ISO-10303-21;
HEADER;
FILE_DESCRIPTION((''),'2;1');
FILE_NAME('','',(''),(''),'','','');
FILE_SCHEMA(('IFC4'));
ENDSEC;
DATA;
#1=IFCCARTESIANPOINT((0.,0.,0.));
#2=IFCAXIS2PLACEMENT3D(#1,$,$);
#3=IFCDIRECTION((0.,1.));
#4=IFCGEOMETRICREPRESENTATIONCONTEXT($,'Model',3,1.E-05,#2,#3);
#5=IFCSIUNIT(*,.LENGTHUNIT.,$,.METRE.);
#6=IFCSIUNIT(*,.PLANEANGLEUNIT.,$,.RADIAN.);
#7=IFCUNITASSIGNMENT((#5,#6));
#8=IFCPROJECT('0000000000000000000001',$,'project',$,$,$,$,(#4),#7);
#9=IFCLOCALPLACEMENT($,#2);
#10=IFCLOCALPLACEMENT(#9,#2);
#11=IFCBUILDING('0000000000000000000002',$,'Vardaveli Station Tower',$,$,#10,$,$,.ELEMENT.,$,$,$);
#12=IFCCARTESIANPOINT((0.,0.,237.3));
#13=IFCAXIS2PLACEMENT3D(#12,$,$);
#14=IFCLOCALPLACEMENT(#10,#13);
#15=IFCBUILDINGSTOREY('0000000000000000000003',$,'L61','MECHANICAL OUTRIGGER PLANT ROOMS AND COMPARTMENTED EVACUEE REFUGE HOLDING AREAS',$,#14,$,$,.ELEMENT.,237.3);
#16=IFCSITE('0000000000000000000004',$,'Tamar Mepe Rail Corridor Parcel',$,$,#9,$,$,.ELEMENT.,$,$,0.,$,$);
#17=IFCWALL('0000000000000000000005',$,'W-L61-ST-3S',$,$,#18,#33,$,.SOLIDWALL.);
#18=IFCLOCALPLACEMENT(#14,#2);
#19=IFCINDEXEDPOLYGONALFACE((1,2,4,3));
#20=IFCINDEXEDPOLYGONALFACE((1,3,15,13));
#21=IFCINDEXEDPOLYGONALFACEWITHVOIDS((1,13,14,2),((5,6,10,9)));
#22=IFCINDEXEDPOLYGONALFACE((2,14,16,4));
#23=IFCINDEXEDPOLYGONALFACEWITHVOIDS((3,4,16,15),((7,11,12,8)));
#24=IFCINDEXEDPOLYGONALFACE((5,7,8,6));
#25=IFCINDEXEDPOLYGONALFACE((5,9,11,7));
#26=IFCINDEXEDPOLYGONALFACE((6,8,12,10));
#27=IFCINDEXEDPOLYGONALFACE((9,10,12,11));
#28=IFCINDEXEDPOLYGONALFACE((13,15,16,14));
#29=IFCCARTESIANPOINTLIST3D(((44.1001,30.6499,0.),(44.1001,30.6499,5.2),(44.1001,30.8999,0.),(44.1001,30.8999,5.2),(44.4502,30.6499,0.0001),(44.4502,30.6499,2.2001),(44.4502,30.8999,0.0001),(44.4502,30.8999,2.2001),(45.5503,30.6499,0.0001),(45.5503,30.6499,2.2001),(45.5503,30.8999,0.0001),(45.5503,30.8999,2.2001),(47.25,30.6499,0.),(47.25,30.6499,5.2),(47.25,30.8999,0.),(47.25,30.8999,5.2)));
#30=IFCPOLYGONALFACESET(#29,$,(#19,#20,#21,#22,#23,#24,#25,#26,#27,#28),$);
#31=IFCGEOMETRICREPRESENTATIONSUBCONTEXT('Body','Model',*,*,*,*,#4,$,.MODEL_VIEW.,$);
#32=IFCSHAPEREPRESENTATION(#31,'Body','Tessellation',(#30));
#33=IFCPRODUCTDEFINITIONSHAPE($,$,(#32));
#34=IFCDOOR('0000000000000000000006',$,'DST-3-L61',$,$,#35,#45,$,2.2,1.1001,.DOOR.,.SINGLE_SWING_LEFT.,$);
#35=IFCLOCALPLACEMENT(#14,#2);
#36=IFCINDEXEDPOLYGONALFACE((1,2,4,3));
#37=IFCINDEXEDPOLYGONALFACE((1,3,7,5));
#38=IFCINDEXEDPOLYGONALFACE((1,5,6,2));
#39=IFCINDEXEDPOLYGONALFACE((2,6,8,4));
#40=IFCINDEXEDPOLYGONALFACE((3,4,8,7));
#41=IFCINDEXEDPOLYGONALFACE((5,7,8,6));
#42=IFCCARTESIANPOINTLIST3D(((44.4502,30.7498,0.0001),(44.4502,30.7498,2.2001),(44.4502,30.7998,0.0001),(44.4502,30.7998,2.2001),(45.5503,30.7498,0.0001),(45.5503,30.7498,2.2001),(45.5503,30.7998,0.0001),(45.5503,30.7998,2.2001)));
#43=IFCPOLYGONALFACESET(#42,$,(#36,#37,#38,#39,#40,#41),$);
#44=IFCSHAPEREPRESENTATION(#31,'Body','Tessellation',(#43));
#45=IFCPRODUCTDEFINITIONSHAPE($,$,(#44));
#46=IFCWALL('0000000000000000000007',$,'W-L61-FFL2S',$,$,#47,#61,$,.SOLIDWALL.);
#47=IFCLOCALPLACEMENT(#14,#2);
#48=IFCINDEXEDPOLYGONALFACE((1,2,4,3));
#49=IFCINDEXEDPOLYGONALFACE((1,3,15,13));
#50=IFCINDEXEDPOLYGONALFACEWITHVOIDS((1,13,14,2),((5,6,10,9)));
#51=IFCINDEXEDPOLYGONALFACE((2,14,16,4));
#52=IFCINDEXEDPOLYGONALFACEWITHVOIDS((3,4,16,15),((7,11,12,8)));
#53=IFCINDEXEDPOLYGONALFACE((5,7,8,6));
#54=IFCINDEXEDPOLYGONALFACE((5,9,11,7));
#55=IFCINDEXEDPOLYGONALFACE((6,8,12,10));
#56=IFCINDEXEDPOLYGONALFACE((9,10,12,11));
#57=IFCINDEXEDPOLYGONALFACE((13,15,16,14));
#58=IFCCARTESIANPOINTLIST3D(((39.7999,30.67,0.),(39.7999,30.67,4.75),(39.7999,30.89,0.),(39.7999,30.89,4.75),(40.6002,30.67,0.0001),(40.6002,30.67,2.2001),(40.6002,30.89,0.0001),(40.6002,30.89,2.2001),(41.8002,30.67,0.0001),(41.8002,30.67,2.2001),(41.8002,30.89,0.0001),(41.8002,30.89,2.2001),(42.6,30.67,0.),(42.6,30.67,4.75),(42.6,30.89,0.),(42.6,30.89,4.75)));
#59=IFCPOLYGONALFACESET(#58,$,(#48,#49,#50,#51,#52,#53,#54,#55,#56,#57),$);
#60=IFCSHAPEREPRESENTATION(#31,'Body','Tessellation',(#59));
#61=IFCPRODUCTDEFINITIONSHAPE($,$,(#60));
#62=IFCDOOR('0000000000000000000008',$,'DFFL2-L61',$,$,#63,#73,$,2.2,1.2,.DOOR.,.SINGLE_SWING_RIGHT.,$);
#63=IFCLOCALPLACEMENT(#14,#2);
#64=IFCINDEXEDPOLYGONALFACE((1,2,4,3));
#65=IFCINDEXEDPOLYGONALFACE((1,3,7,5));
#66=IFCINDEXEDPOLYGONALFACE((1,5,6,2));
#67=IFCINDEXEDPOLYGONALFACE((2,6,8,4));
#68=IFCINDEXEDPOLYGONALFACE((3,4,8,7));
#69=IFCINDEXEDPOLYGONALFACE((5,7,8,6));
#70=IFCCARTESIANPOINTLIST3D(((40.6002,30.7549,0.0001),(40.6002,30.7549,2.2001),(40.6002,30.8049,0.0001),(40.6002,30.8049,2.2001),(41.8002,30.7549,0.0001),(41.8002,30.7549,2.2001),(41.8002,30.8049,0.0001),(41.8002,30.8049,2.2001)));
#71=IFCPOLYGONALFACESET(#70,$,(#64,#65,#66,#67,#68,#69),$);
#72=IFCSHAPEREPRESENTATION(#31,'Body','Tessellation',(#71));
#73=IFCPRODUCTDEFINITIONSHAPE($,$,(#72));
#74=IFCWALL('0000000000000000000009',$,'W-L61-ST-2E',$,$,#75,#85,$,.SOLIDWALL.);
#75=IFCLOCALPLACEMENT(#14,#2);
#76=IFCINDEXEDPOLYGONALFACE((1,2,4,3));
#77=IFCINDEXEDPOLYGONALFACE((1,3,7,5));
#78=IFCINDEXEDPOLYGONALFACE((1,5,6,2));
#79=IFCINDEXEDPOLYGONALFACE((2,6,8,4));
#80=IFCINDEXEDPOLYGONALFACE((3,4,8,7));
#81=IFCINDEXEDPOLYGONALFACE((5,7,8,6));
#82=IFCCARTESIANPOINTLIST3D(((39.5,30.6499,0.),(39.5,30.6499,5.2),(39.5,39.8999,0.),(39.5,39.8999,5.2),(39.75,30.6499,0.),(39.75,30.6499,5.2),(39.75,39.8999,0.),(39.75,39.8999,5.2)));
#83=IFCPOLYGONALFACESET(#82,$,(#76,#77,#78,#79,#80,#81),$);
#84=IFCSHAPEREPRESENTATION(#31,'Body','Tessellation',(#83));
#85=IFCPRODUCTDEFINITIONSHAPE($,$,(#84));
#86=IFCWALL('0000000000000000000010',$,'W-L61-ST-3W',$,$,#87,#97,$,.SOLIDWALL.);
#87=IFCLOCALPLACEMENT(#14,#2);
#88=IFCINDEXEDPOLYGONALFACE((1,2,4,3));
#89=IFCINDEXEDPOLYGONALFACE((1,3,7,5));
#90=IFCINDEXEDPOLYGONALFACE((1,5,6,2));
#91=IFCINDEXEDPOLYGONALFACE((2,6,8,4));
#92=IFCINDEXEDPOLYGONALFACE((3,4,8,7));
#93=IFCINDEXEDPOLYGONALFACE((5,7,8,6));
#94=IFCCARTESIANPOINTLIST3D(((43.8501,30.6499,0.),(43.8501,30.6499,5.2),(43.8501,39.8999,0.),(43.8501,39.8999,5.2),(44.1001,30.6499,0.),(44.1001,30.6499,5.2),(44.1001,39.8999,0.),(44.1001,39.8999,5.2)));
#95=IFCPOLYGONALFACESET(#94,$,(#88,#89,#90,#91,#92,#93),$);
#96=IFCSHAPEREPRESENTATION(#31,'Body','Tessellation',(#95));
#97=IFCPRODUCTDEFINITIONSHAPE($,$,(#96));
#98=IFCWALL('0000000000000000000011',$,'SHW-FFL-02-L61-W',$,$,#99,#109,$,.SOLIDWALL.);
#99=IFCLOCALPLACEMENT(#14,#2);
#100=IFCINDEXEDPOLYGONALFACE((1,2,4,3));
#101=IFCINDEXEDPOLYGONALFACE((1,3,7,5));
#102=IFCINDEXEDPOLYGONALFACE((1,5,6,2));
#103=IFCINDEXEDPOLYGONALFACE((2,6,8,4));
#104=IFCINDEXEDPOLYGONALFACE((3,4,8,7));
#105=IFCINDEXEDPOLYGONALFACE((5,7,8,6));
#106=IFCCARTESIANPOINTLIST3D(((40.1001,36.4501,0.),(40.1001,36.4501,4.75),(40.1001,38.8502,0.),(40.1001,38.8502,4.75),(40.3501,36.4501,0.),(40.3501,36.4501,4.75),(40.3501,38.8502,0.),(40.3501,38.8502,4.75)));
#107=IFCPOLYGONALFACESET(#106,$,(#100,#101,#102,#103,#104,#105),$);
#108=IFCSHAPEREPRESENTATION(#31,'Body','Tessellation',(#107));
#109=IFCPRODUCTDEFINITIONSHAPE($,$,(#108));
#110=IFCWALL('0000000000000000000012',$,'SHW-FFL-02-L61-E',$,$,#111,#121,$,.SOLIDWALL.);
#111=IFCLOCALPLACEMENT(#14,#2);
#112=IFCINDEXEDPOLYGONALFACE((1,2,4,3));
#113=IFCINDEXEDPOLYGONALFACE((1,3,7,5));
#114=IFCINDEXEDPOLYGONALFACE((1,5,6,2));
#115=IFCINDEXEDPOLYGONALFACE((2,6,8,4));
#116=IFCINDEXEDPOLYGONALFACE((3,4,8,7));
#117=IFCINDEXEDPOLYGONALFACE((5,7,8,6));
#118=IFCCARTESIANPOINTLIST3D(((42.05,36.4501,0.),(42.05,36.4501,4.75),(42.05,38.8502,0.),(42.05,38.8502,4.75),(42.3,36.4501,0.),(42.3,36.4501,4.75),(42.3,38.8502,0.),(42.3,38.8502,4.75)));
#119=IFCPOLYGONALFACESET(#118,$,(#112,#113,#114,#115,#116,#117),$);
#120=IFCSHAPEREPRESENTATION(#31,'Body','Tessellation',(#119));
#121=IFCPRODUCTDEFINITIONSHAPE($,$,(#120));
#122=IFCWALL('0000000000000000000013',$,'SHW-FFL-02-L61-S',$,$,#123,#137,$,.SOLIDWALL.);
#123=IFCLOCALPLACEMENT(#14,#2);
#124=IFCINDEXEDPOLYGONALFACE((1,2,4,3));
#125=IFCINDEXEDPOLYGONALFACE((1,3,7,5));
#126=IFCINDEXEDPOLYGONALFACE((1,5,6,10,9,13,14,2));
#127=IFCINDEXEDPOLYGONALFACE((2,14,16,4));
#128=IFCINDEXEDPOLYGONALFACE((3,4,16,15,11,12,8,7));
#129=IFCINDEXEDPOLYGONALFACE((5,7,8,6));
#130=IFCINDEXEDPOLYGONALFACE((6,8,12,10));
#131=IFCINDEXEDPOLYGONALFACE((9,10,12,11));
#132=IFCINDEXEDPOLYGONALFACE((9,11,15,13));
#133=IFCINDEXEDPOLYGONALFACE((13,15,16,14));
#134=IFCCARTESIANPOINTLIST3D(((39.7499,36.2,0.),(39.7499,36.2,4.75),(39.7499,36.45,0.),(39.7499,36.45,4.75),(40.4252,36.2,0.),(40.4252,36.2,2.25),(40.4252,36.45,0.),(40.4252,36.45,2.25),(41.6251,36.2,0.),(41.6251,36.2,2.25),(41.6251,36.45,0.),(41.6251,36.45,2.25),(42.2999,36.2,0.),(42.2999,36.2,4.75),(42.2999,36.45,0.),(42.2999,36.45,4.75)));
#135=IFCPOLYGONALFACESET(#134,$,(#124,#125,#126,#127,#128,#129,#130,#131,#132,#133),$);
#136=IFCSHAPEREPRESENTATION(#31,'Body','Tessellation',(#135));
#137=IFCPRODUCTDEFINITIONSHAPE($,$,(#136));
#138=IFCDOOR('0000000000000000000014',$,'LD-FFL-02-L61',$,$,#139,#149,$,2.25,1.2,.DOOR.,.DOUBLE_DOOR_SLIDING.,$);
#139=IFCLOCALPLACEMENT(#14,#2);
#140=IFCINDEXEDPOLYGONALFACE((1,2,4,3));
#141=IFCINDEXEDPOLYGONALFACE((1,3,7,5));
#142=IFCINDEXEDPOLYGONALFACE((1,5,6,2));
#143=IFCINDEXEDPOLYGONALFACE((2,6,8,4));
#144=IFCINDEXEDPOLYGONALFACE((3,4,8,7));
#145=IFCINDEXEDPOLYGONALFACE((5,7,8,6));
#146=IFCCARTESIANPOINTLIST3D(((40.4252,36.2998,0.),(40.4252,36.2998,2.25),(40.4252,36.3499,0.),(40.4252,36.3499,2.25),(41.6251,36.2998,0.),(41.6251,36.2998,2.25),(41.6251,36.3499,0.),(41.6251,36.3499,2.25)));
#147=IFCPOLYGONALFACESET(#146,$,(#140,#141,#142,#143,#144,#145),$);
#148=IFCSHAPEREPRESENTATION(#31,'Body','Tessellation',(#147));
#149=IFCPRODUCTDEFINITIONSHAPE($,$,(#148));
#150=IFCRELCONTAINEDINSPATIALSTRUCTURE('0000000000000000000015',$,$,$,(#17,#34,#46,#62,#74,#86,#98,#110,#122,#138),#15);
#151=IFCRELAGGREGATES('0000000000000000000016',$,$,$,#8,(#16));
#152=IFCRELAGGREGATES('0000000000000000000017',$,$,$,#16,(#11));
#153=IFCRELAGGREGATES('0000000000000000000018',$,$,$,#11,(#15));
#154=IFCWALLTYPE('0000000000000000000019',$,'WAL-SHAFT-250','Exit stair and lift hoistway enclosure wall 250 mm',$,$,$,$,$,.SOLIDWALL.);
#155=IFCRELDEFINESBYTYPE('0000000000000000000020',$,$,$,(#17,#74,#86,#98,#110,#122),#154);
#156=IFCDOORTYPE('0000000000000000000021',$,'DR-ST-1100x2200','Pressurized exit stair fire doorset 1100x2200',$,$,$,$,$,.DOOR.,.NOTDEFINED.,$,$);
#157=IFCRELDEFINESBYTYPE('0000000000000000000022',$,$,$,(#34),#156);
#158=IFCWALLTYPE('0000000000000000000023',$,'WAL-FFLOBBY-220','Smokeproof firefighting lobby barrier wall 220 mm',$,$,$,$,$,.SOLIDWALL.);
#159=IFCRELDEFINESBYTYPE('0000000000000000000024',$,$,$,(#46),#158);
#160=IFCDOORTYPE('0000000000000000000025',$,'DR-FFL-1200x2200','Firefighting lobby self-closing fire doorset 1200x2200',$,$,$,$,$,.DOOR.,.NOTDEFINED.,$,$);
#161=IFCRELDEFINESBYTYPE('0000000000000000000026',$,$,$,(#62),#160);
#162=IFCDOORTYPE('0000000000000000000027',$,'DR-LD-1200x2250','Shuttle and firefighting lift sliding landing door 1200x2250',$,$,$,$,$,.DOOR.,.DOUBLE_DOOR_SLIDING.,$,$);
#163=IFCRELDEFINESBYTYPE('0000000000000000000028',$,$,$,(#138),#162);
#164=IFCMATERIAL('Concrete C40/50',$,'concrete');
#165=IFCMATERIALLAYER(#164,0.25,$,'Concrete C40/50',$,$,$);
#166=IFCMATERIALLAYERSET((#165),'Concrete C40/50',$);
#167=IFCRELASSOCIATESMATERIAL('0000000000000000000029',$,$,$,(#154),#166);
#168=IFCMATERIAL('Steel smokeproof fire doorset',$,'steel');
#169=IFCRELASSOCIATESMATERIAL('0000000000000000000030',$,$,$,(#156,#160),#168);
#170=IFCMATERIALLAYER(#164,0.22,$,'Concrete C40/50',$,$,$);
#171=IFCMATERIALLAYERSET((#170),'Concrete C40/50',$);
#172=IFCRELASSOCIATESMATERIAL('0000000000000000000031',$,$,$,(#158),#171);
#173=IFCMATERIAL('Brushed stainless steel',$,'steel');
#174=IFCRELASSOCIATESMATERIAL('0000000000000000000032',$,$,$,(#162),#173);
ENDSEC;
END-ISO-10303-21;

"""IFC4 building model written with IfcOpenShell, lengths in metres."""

from ifc_helpers import new_model, si_unit, direction, frame, frame_2d, origin, place, context, subcontext, project, spatial, rectangle, extrude, source, transform, mapped, material, layer, layer_set, type_object, element, fill, save


model = new_model("IFC4")

# Units and contexts
model_context = context("Model", 3, precision=1e-05, world=origin(), true_north=direction((0.0, 1.0)))
body_context = subcontext(model_context, "Body", "Model", "MODEL_VIEW")
ifc_project = project(units=[si_unit("LENGTHUNIT", "METRE"), si_unit("PLANEANGLEUNIT", "RADIAN")], contexts=[model_context])

# Site, building, storey
site_placement = place(None, origin())
site = spatial("IfcSite", under=ifc_project, at=site_placement, Name="Tamar Mepe Rail Corridor Parcel", CompositionType="ELEMENT", RefElevation=0.0)
building_placement = place(site_placement, origin())
building = spatial("IfcBuilding", under=site, at=building_placement, Name="Vardaveli Station Tower", CompositionType="ELEMENT")
storey_placement = place(building_placement, frame((0.0, 0.0, 237.3)))
storey = spatial("IfcBuildingStorey", under=building, at=storey_placement, Name="L61", Description="MECHANICAL OUTRIGGER PLANT ROOMS AND COMPARTMENTED EVACUEE REFUGE HOLDING AREAS", CompositionType="ELEMENT", Elevation=237.3)

# Walls, openings, doors
ifc_material_1 = material(Name="Concrete C40/50", Category="concrete")
ifc_layer_1 = layer(ifc_material_1, 0.25, Name="Concrete C40/50")
ifc_layer_set_1 = layer_set([ifc_layer_1], Name="Concrete C40/50")
wall_type_1 = type_object("IfcWallType", Name="WAL-SHAFT-250", Description="Exit stair and lift hoistway enclosure wall 250 mm", PredefinedType="SOLIDWALL", material=ifc_layer_set_1)
shared_shape_1 = source(origin(), body_context, "Body", "SweptSolid", [
    extrude(rectangle(XDim=3.1499, YDim=0.25, at=frame_2d((1.575, 0.0))), origin(), (0.0, 0.0, 1.0), 5.2),
])
wall_1_placement = place(storey_placement, frame((44.1001, 30.7749, 0.0), z_axis=(0.0, 0.0, 1.0), x_axis=(1.0, 0.0, 0.0)))
wall_1 = element("IfcWall", 1, at=wall_1_placement, inside=storey, type_object=wall_type_1, Name="W-L61-ST-3S", PredefinedType="SOLIDWALL", context=body_context, shape_type="MappedRepresentation", body=[
    mapped(shared_shape_1, transform((0.0, 0.0, 0.0), scale=1.0)),
])
shared_shape_2 = source(origin(), body_context, "Body", "SweptSolid", [
    extrude(rectangle(XDim=1.1001, YDim=2.2, at=frame_2d((0.55, 1.1001))), frame((0.0, 0.135, 0.0), z_axis=(0.0, -1.0, 0.0), x_axis=(1.0, 0.0, 0.0)), (0.0, 0.0, 1.0), 0.27),
])
opening_1_placement = place(wall_1_placement, frame((0.3501, 0.0, 0.0)))
opening_1 = element("IfcOpeningElement", 2, at=opening_1_placement, cuts=wall_1, PredefinedType="OPENING", context=body_context, shape_type="MappedRepresentation", body=[
    mapped(shared_shape_2, transform((0.0, 0.0, 0.0), scale=1.0)),
])
ifc_material_2 = material(Name="Steel smokeproof fire doorset", Category="steel")
door_type_1 = type_object("IfcDoorType", Name="DR-ST-1100x2200", Description="Pressurized exit stair fire doorset 1100x2200", OperationType="NOTDEFINED", PredefinedType="DOOR", material=ifc_material_2)
shared_shape_3 = source(origin(), body_context, "Body", "SweptSolid", [
    extrude(rectangle(XDim=1.1001, YDim=2.2, at=frame_2d((0.55, 1.1001))), frame((0.0, 0.0249, 0.0), z_axis=(0.0, -1.0, 0.0), x_axis=(1.0, 0.0, 0.0)), (0.0, 0.0, 1.0), 0.05),
])
door_1_placement = place(opening_1_placement, origin())
door_1 = element("IfcDoor", 3, at=door_1_placement, inside=storey, type_object=door_type_1, Name="DST-3-L61", OperationType="SINGLE_SWING_LEFT", OverallHeight=2.2, OverallWidth=1.1001, PredefinedType="DOOR", context=body_context, shape_type="MappedRepresentation", body=[
    mapped(shared_shape_3, transform((0.0, 0.0, 0.0), scale=1.0)),
])
fill(opening_1, door_1)
ifc_layer_2 = layer(ifc_material_1, 0.22, Name="Concrete C40/50")
ifc_layer_set_2 = layer_set([ifc_layer_2], Name="Concrete C40/50")
wall_type_2 = type_object("IfcWallType", Name="WAL-FFLOBBY-220", Description="Smokeproof firefighting lobby barrier wall 220 mm", PredefinedType="SOLIDWALL", material=ifc_layer_set_2)
shared_shape_4 = source(origin(), body_context, "Body", "SweptSolid", [
    extrude(rectangle(XDim=2.8, YDim=0.22, at=frame_2d((1.3999, 0.0))), origin(), (0.0, 0.0, 1.0), 4.75),
])
wall_2_placement = place(storey_placement, frame((39.8, 30.78, 0.0), z_axis=(0.0, 0.0, 1.0), x_axis=(1.0, 0.0, 0.0)))
wall_2 = element("IfcWall", 4, at=wall_2_placement, inside=storey, type_object=wall_type_2, Name="W-L61-FFL2S", PredefinedType="SOLIDWALL", context=body_context, shape_type="MappedRepresentation", body=[
    mapped(shared_shape_4, transform((0.0, 0.0, 0.0), scale=1.0)),
])
shared_shape_5 = source(origin(), body_context, "Body", "SweptSolid", [
    extrude(rectangle(XDim=1.2, YDim=2.2, at=frame_2d((0.6001, 1.1001))), frame((0.0, 0.1201, 0.0), z_axis=(0.0, -1.0, 0.0), x_axis=(1.0, 0.0, 0.0)), (0.0, 0.0, 1.0), 0.24),
])
opening_2_placement = place(wall_2_placement, frame((0.8, 0.0, 0.0)))
opening_2 = element("IfcOpeningElement", 5, at=opening_2_placement, cuts=wall_2, PredefinedType="OPENING", context=body_context, shape_type="MappedRepresentation", body=[
    mapped(shared_shape_5, transform((0.0, 0.0, 0.0), scale=1.0)),
])
door_type_2 = type_object("IfcDoorType", Name="DR-FFL-1200x2200", Description="Firefighting lobby self-closing fire doorset 1200x2200", OperationType="NOTDEFINED", PredefinedType="DOOR", material=ifc_material_2)
shared_shape_6 = source(origin(), body_context, "Body", "SweptSolid", [
    extrude(rectangle(XDim=1.2, YDim=2.2, at=frame_2d((0.6001, 1.1001))), frame((0.0, 0.0249, 0.0), z_axis=(0.0, -1.0, 0.0), x_axis=(1.0, 0.0, 0.0)), (0.0, 0.0, 1.0), 0.05),
])
door_2_placement = place(opening_2_placement, origin())
door_2 = element("IfcDoor", 6, at=door_2_placement, inside=storey, type_object=door_type_2, Name="DFFL2-L61", OperationType="SINGLE_SWING_RIGHT", OverallHeight=2.2, OverallWidth=1.2, PredefinedType="DOOR", context=body_context, shape_type="MappedRepresentation", body=[
    mapped(shared_shape_6, transform((0.0, 0.0, 0.0), scale=1.0)),
])
fill(opening_2, door_2)

# Walls
shared_shape_7 = source(origin(), body_context, "Body", "SweptSolid", [
    extrude(rectangle(XDim=9.25, YDim=0.25, at=frame_2d((4.625, 0.0))), origin(), (0.0, 0.0, 1.0), 5.2),
])
for number, where, z_axis, x_axis, name in (
    (7, (39.625, 30.6499, 0.0), (0.0, 0.0, 1.0), (0.0, 1.0, 0.0), "W-L61-ST-2E"),
    (8, (43.9751, 30.6499, 0.0), (0.0, 0.0, 1.0), (0.0, 1.0, 0.0), "W-L61-ST-3W"),
):
    element("IfcWall", number, at=place(storey_placement, frame(where, z_axis=z_axis, x_axis=x_axis)), inside=storey, type_object=wall_type_1, Name=name, PredefinedType="SOLIDWALL", context=body_context, shape_type="MappedRepresentation", body=[
        mapped(shared_shape_7, transform((0.0, 0.0, 0.0), scale=1.0)),
    ])
shared_shape_8 = source(origin(), body_context, "Body", "SweptSolid", [
    extrude(rectangle(XDim=2.4001, YDim=0.25, at=frame_2d((1.2002, 0.0))), origin(), (0.0, 0.0, 1.0), 4.75),
])
for number, where, z_axis, x_axis, name in (
    (9, (40.2251, 36.45, 0.0), (0.0, 0.0, 1.0), (0.0, 1.0, 0.0), "SHW-FFL-02-L61-W"),
    (10, (42.175, 36.45, 0.0), (0.0, 0.0, 1.0), (0.0, 1.0, 0.0), "SHW-FFL-02-L61-E"),
):
    element("IfcWall", number, at=place(storey_placement, frame(where, z_axis=z_axis, x_axis=x_axis)), inside=storey, type_object=wall_type_1, Name=name, PredefinedType="SOLIDWALL", context=body_context, shape_type="MappedRepresentation", body=[
        mapped(shared_shape_8, transform((0.0, 0.0, 0.0), scale=1.0)),
    ])

# Wall, opening, door
shared_shape_9 = source(origin(), body_context, "Body", "SweptSolid", [
    extrude(rectangle(XDim=2.55, YDim=0.25, at=frame_2d((1.2749, 0.0))), origin(), (0.0, 0.0, 1.0), 4.75),
])
wall_3_placement = place(storey_placement, frame((39.75, 36.325, 0.0), z_axis=(0.0, 0.0, 1.0), x_axis=(1.0, 0.0, 0.0)))
wall_3 = element("IfcWall", 11, at=wall_3_placement, inside=storey, type_object=wall_type_1, Name="SHW-FFL-02-L61-S", PredefinedType="SOLIDWALL", context=body_context, shape_type="MappedRepresentation", body=[
    mapped(shared_shape_9, transform((0.0, 0.0, 0.0), scale=1.0)),
])
shared_shape_10 = source(origin(), body_context, "Body", "SweptSolid", [
    extrude(rectangle(XDim=1.2, YDim=2.25, at=frame_2d((0.6001, 1.125))), frame((0.0, 0.135, 0.0), z_axis=(0.0, -1.0, 0.0), x_axis=(1.0, 0.0, 0.0)), (0.0, 0.0, 1.0), 0.27),
])
opening_3_placement = place(wall_3_placement, frame((0.675, 0.0, 0.0)))
opening_3 = element("IfcOpeningElement", 12, at=opening_3_placement, cuts=wall_3, PredefinedType="OPENING", context=body_context, shape_type="MappedRepresentation", body=[
    mapped(shared_shape_10, transform((0.0, 0.0, 0.0), scale=1.0)),
])
ifc_material_3 = material(Name="Brushed stainless steel", Category="steel")
door_type_3 = type_object("IfcDoorType", Name="DR-LD-1200x2250", Description="Shuttle and firefighting lift sliding landing door 1200x2250", OperationType="DOUBLE_DOOR_SLIDING", PredefinedType="DOOR", material=ifc_material_3)
shared_shape_11 = source(origin(), body_context, "Body", "SweptSolid", [
    extrude(rectangle(XDim=1.2, YDim=2.25, at=frame_2d((0.6001, 1.125))), frame((0.0, 0.0249, 0.0), z_axis=(0.0, -1.0, 0.0), x_axis=(1.0, 0.0, 0.0)), (0.0, 0.0, 1.0), 0.05),
])
door_3_placement = place(opening_3_placement, origin())
door_3 = element("IfcDoor", 13, at=door_3_placement, inside=storey, type_object=door_type_3, Name="LD-FFL-02-L61", OperationType="DOUBLE_DOOR_SLIDING", OverallHeight=2.25, OverallWidth=1.2, PredefinedType="DOOR", context=body_context, shape_type="MappedRepresentation", body=[
    mapped(shared_shape_11, transform((0.0, 0.0, 0.0), scale=1.0)),
])
fill(opening_3, door_3)

save(model, "model.ifc")
